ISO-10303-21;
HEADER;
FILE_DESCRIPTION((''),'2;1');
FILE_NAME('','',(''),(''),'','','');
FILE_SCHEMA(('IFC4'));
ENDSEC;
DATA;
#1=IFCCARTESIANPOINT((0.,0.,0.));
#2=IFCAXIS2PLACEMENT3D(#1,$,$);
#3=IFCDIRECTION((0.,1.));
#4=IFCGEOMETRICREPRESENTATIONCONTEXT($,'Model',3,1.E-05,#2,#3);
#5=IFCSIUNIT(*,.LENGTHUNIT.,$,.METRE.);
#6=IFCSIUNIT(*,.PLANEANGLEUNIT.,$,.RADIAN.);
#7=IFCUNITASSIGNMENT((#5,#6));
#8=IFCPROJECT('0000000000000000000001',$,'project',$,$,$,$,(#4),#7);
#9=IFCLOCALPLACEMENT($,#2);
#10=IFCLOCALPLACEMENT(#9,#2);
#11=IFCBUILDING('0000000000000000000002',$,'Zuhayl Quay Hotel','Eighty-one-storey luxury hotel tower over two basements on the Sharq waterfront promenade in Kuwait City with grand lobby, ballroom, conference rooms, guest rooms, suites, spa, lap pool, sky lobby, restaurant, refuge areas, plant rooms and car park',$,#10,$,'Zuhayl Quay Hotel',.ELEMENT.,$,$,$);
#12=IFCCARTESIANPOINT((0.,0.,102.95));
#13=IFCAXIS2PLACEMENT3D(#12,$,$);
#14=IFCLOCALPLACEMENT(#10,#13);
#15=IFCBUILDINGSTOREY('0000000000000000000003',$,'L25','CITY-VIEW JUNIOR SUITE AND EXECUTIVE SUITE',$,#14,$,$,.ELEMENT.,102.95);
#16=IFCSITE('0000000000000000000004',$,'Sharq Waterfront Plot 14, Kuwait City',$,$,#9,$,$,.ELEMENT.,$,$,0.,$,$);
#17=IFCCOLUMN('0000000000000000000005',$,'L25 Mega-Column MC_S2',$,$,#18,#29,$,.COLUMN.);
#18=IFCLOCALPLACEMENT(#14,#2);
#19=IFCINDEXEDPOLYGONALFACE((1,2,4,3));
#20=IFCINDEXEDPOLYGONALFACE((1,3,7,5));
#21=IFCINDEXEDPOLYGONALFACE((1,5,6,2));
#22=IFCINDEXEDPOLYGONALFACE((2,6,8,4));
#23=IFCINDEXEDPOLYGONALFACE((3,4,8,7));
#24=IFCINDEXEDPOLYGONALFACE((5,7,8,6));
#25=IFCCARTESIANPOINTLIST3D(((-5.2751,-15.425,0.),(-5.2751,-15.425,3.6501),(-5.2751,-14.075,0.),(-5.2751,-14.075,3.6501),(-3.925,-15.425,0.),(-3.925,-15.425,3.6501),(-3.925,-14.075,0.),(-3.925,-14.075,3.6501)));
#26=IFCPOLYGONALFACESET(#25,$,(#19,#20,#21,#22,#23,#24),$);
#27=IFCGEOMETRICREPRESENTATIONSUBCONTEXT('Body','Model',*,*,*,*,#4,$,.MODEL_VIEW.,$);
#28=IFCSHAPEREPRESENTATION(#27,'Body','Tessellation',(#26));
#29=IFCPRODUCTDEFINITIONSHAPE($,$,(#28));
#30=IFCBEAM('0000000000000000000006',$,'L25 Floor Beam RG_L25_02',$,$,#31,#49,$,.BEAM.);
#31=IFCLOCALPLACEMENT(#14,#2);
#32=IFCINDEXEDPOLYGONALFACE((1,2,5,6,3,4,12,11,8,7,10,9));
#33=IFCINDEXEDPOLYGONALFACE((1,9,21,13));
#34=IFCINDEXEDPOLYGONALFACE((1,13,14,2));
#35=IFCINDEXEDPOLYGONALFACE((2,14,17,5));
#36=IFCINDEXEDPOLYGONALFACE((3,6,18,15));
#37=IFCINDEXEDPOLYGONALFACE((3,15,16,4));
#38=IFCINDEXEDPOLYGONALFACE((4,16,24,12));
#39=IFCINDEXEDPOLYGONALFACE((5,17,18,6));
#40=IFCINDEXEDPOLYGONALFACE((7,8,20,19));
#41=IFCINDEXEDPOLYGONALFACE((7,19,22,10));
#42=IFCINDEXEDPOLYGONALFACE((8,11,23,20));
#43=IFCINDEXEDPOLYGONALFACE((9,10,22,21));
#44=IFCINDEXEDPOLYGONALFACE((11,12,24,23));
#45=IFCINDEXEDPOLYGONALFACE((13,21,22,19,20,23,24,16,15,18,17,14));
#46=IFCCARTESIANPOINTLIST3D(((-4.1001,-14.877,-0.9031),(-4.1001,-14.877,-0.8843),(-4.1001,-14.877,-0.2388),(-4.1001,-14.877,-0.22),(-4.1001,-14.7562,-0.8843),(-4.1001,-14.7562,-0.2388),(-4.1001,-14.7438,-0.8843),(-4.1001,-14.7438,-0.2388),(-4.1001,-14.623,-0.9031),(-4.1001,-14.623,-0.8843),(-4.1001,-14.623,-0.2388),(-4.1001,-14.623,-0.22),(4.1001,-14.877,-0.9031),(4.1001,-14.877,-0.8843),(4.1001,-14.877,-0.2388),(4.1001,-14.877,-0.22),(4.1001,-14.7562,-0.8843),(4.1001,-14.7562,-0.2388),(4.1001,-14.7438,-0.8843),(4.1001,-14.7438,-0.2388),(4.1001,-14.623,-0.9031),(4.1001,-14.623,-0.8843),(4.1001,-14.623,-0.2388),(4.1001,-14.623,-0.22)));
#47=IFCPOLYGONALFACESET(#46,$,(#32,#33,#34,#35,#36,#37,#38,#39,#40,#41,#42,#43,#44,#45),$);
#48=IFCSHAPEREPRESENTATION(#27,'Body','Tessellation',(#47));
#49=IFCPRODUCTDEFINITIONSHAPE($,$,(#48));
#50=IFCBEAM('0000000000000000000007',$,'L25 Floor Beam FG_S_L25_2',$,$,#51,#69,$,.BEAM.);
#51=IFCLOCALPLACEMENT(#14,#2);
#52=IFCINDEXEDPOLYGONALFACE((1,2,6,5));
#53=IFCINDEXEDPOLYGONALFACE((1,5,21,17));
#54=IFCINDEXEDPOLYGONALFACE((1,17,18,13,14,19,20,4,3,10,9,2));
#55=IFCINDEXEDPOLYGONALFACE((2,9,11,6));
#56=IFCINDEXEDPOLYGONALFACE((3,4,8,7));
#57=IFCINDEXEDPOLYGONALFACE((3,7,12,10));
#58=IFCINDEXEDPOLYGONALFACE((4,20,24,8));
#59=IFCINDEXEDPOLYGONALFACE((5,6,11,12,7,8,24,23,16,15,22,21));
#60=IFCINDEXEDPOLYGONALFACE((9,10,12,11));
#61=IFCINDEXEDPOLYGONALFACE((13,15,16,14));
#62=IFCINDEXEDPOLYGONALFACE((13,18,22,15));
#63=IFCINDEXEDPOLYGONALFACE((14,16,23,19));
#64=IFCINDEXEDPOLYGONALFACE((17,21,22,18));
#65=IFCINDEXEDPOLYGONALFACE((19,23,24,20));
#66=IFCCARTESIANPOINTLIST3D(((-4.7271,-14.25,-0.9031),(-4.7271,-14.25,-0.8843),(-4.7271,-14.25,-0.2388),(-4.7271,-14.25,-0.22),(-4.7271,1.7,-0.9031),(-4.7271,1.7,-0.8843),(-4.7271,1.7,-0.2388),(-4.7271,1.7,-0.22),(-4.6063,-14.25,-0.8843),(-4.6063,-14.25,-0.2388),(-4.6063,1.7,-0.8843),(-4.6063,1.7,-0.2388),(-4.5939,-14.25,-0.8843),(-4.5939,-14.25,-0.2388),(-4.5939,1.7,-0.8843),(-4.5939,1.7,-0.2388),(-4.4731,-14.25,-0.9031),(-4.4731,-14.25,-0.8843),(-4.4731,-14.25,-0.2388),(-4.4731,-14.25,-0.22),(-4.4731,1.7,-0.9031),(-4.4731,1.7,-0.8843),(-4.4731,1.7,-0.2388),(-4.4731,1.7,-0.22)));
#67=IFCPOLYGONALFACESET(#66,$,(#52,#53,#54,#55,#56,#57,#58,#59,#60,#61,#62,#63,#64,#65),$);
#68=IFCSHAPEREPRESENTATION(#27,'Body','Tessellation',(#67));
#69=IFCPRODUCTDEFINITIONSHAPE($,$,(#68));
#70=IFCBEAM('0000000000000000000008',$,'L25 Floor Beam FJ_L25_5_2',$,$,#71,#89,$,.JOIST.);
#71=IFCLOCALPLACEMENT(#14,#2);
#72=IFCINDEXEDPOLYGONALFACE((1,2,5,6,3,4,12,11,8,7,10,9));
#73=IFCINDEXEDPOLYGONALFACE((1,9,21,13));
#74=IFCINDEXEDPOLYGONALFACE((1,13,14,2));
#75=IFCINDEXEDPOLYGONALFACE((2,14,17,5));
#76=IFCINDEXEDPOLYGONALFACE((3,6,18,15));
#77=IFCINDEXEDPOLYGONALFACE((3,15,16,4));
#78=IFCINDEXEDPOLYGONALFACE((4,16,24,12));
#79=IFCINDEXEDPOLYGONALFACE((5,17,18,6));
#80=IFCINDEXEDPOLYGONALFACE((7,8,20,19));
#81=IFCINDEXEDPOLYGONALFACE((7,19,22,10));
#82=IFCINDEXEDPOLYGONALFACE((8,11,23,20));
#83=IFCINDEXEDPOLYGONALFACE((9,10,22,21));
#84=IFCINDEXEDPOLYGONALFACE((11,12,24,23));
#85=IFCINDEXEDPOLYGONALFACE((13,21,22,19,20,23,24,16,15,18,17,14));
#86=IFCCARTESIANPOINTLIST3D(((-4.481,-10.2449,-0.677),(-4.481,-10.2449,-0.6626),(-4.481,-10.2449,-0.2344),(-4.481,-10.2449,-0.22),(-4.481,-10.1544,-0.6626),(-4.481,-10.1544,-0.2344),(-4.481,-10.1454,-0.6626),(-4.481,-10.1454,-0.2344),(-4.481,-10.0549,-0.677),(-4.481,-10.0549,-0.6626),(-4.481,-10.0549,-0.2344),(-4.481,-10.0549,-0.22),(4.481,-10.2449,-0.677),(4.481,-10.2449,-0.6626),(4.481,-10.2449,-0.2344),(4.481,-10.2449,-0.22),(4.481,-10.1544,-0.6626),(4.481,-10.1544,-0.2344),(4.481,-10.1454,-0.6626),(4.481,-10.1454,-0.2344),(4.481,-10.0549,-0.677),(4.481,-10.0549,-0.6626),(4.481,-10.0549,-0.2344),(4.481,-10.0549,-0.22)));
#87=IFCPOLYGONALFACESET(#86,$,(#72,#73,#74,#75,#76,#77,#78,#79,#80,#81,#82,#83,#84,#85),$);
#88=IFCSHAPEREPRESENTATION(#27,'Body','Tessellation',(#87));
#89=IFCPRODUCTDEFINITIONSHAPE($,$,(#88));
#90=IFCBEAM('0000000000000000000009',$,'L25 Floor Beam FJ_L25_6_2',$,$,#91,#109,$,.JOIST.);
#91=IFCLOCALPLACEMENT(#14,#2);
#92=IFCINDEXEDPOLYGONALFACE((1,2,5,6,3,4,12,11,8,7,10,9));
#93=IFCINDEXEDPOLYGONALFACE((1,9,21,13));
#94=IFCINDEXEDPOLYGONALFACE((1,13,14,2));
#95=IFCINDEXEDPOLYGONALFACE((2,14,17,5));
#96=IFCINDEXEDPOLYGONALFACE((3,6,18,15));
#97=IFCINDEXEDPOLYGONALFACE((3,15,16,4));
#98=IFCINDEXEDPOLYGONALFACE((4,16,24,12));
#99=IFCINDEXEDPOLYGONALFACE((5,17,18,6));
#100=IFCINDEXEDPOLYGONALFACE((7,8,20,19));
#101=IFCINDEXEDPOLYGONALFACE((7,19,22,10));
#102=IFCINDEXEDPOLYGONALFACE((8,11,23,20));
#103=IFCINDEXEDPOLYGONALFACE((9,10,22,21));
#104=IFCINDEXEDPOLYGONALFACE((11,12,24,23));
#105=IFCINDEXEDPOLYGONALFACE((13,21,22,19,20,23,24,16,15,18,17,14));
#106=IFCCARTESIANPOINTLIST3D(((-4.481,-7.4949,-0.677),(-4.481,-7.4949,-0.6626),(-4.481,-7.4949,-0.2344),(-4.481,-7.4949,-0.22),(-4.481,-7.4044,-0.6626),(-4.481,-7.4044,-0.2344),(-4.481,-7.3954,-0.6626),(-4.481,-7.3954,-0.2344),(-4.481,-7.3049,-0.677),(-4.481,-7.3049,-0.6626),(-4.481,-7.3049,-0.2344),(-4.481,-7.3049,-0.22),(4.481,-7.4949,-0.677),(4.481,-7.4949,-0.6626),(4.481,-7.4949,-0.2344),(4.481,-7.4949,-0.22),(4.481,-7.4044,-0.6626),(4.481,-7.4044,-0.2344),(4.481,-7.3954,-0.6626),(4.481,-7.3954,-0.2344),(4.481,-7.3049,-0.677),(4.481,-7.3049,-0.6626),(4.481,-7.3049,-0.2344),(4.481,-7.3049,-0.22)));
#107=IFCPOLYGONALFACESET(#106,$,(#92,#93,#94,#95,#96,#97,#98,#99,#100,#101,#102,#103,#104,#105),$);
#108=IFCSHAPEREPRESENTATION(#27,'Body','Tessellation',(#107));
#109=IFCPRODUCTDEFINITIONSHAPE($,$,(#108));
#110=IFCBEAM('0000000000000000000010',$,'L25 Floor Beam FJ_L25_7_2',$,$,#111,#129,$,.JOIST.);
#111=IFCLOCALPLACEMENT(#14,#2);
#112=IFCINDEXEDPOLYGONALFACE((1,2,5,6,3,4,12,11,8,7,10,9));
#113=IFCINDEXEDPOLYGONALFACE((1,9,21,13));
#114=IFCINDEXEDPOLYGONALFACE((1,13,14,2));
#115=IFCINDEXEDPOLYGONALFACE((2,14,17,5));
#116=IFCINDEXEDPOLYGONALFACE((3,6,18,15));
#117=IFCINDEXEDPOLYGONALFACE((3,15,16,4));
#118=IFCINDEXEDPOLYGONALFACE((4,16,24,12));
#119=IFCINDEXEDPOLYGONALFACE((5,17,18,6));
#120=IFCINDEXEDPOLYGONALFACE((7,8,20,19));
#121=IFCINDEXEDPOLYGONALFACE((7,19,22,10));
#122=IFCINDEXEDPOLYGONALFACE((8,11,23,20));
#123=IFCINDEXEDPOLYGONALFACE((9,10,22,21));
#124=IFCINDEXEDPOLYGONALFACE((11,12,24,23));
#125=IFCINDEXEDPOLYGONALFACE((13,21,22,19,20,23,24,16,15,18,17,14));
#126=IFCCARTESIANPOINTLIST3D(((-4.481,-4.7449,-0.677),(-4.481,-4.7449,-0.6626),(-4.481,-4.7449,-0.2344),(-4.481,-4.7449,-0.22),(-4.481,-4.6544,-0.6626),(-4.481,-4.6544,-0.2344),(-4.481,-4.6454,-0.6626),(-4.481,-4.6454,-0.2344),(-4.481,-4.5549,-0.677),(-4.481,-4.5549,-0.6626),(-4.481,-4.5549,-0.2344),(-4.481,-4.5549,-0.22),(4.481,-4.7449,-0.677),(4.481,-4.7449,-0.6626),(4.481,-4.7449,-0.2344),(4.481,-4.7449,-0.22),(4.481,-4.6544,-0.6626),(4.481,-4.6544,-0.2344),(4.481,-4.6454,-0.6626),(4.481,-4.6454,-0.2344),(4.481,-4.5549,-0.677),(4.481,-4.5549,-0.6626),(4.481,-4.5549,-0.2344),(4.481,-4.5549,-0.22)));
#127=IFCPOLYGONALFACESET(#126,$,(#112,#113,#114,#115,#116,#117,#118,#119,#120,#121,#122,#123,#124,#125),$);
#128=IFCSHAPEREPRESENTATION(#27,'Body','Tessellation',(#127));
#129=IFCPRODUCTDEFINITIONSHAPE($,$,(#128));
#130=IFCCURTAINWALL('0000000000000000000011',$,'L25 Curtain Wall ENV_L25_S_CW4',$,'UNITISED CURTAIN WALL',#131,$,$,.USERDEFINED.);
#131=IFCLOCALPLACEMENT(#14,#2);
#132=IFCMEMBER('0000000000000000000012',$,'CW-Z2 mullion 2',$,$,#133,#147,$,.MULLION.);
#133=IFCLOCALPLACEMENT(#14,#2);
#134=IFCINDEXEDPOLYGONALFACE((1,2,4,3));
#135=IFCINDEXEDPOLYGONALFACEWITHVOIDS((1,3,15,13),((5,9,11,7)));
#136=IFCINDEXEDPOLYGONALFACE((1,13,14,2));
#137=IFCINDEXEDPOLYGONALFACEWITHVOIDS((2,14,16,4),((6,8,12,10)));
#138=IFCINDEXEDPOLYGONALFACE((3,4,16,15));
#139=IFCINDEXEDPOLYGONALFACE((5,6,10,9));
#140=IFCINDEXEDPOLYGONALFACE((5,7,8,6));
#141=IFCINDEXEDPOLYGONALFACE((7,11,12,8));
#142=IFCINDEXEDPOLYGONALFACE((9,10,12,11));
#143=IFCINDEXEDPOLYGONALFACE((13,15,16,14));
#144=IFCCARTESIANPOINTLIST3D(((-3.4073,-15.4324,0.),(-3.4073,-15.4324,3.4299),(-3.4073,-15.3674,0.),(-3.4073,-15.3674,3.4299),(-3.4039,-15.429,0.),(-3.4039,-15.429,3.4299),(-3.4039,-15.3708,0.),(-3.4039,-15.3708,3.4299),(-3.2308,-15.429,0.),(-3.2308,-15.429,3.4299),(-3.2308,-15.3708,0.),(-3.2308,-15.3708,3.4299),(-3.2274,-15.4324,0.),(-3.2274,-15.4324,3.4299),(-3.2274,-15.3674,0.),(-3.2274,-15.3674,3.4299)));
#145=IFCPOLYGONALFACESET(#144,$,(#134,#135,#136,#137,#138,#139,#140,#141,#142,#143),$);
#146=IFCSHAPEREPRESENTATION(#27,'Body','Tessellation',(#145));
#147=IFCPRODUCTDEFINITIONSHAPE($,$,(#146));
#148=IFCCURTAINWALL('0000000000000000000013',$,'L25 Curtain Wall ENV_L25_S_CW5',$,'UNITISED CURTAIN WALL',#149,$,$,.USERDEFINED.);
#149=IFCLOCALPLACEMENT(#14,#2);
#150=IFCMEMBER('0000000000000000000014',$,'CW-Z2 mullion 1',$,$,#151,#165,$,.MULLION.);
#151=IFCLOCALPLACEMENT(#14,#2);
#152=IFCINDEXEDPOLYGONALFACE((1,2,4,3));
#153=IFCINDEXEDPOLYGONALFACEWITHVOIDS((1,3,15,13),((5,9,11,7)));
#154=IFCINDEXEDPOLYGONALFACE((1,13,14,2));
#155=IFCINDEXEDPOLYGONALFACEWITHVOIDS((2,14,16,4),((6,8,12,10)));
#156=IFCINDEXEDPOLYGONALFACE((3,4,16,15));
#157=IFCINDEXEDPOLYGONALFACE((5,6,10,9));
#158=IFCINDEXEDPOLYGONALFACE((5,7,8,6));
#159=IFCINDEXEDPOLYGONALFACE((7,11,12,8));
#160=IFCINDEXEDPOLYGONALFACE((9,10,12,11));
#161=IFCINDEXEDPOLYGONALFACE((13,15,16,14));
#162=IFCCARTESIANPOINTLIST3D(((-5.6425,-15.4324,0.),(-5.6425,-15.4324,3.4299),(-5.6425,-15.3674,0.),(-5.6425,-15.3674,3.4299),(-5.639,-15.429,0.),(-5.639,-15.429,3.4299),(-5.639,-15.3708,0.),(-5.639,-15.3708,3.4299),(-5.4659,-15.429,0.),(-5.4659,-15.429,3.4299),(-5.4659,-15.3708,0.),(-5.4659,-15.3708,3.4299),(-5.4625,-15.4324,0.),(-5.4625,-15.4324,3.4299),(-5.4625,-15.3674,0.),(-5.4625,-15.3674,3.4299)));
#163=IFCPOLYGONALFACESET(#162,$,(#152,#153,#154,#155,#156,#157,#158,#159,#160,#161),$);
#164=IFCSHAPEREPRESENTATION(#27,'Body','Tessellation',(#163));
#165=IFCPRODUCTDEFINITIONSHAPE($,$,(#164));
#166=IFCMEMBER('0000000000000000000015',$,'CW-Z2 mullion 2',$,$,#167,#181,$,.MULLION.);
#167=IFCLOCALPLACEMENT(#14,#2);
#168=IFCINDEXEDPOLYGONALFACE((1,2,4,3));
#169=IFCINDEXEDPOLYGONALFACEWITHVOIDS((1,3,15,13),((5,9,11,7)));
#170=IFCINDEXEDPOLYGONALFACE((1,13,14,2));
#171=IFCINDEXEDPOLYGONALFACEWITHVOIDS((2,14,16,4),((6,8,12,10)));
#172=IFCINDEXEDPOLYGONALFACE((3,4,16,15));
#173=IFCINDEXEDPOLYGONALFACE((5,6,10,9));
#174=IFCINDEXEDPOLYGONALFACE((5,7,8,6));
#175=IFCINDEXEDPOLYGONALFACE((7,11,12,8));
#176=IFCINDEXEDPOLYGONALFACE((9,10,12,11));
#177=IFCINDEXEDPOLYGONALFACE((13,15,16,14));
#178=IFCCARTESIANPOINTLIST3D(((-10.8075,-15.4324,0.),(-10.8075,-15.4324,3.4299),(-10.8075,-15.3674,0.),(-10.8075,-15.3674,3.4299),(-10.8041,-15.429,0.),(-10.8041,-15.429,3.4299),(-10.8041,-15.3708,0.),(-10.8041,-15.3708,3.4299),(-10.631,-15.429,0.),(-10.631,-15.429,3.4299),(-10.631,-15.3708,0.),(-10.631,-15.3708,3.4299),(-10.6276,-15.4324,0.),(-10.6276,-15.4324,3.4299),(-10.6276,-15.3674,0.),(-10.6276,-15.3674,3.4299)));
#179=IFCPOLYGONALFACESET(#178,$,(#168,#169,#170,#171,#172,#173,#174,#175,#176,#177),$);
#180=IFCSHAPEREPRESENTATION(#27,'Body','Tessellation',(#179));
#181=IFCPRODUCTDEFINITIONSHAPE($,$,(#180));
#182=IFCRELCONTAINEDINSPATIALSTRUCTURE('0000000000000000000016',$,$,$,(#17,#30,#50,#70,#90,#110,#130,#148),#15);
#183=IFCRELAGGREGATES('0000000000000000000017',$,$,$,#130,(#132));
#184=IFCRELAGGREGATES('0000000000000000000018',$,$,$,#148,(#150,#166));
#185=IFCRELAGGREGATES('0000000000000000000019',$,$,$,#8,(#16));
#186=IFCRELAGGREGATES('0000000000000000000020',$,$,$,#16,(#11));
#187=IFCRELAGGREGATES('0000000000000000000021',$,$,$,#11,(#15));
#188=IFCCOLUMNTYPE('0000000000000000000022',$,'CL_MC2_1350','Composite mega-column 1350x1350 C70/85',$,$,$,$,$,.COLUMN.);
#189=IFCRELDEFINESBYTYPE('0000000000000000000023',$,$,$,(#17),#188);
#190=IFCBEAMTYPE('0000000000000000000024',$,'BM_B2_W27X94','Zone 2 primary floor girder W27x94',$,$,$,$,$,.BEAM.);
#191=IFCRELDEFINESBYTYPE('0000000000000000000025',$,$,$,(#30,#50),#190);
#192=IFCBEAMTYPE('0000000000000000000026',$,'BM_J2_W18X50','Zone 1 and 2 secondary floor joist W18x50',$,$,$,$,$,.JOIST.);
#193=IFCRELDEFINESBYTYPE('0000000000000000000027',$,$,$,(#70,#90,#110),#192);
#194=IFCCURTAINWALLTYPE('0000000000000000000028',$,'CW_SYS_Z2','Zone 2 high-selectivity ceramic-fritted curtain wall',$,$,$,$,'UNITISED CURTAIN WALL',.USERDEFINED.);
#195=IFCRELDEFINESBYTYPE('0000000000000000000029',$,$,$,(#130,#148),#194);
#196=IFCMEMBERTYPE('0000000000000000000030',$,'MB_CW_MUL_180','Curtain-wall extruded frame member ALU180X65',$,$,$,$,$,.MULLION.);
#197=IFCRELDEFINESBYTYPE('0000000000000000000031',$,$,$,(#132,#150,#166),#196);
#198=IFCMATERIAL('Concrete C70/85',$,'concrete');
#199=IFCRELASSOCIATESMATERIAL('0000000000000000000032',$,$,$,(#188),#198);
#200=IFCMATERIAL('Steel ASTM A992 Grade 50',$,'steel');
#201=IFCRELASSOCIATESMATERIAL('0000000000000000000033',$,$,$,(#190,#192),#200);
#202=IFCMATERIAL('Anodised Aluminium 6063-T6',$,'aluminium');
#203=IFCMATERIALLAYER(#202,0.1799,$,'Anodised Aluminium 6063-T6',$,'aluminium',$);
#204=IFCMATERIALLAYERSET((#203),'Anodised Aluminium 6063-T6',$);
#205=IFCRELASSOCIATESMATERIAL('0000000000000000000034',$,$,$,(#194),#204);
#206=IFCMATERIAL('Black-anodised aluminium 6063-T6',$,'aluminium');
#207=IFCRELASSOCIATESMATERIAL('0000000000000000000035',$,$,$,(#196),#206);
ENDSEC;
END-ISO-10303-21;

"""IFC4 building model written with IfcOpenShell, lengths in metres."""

from ifc_helpers import new_model, si_unit, direction, frame, origin, origin_2d, place, context, subcontext, project, spatial, rectangle, hollow_rectangle, i_section, extrude, material, layer, layer_set, material_profile, profile_set, type_object, element, aggregate, save


model = new_model("IFC4")

# Units and contexts
model_context = context("Model", 3, precision=1e-05, world=origin(), true_north=direction((0.0, 1.0)))
body_context = subcontext(model_context, "Body", "Model", "MODEL_VIEW")
ifc_project = project(units=[si_unit("LENGTHUNIT", "METRE"), si_unit("PLANEANGLEUNIT", "RADIAN")], contexts=[model_context])

# Site, building, storey
site_placement = place(None, origin())
site = spatial("IfcSite", under=ifc_project, at=site_placement, Name="Sharq Waterfront Plot 14, Kuwait City", CompositionType="ELEMENT", RefElevation=0.0)
building_placement = place(site_placement, origin())
building = spatial("IfcBuilding", under=site, at=building_placement, Name="Zuhayl Quay Hotel", Description="Eighty-one-storey luxury hotel tower over two basements on the Sharq waterfront promenade in Kuwait City with grand lobby, ballroom, conference rooms, guest rooms, suites, spa, lap pool, sky lobby, restaurant, refuge areas, plant rooms and car park", LongName="Zuhayl Quay Hotel", CompositionType="ELEMENT")
storey_placement = place(building_placement, frame((0.0, 0.0, 102.95)))
storey = spatial("IfcBuildingStorey", under=building, at=storey_placement, Name="L25", Description="CITY-VIEW JUNIOR SUITE AND EXECUTIVE SUITE", CompositionType="ELEMENT", Elevation=102.95)

# Column
ifc_material_1 = material(Name="Concrete C70/85", Category="concrete")
ifc_material_profile_1 = material_profile(ifc_material_1, rectangle(XDim=1.3501, YDim=1.3501, at=origin_2d()), Name="RC1350X1350")
ifc_profile_set_1 = profile_set([ifc_material_profile_1], Name="Concrete C70/85")
column_type = type_object("IfcColumnType", Name="CL_MC2_1350", Description="Composite mega-column 1350x1350 C70/85", PredefinedType="COLUMN", material=ifc_profile_set_1)
column_placement = place(storey_placement, frame((-4.6001, -14.75, 0.0), z_axis=(0.0, 0.0, 1.0), x_axis=(1.0, 0.0, 0.0)))
element("IfcColumn", 1, at=column_placement, inside=storey, type_object=column_type, Name="L25 Mega-Column MC_S2", PredefinedType="COLUMN", context=body_context, shape_type="SweptSolid", body=[
    extrude(rectangle(XDim=1.3501, YDim=1.3501, at=origin_2d()), origin(), (0.0, 0.0, 1.0), 3.6501),
])

# Beams
ifc_material_2 = material(Name="Steel ASTM A992 Grade 50", Category="steel")
ifc_material_profile_2 = material_profile(ifc_material_2, i_section(OverallWidth=0.2539, OverallDepth=0.6831, WebThickness=0.0125, FlangeThickness=0.0188, at=origin_2d()), Name="W27X94")
ifc_profile_set_2 = profile_set([ifc_material_profile_2], Name="Steel ASTM A992 Grade 50")
beam_type_1 = type_object("IfcBeamType", Name="BM_B2_W27X94", Description="Zone 2 primary floor girder W27x94", PredefinedType="BEAM", material=ifc_profile_set_2)
beam_1_placement = place(storey_placement, frame((-4.1001, -14.75, -0.5615), z_axis=(1.0, 0.0, 0.0), x_axis=(0.0, 1.0, 0.0)))
element("IfcBeam", 2, at=beam_1_placement, inside=storey, type_object=beam_type_1, Name="L25 Floor Beam RG_L25_02", PredefinedType="BEAM", context=body_context, shape_type="SweptSolid", body=[
    extrude(i_section(OverallWidth=0.2539, OverallDepth=0.6831, WebThickness=0.0125, FlangeThickness=0.0188, at=origin_2d()), origin(), (0.0, 0.0, 1.0), 8.2002),
])
beam_2_placement = place(storey_placement, frame((-4.6001, -14.25, -0.5615), z_axis=(0.0, 1.0, 0.0), x_axis=(-1.0, 0.0, 0.0)))
element("IfcBeam", 3, at=beam_2_placement, inside=storey, type_object=beam_type_1, Name="L25 Floor Beam FG_S_L25_2", PredefinedType="BEAM", context=body_context, shape_type="SweptSolid", body=[
    extrude(i_section(OverallWidth=0.2539, OverallDepth=0.6831, WebThickness=0.0125, FlangeThickness=0.0188, at=origin_2d()), origin(), (0.0, 0.0, 1.0), 15.95),
])
ifc_material_profile_3 = material_profile(ifc_material_2, i_section(OverallWidth=0.1899, OverallDepth=0.457, WebThickness=0.009, FlangeThickness=0.0144, at=origin_2d()), Name="W18X50")
ifc_profile_set_3 = profile_set([ifc_material_profile_3], Name="Steel ASTM A992 Grade 50")
beam_type_2 = type_object("IfcBeamType", Name="BM_J2_W18X50", Description="Zone 1 and 2 secondary floor joist W18x50", PredefinedType="JOIST", material=ifc_profile_set_3)
for number, where, z_axis, x_axis, name in (
    (4, (-4.481, -10.1499, -0.4485), (1.0, 0.0, 0.0), (0.0, 1.0, 0.0), "L25 Floor Beam FJ_L25_5_2"),
    (5, (-4.481, -7.3999, -0.4485), (1.0, 0.0, 0.0), (0.0, 1.0, 0.0), "L25 Floor Beam FJ_L25_6_2"),
    (6, (-4.481, -4.6499, -0.4485), (1.0, 0.0, 0.0), (0.0, 1.0, 0.0), "L25 Floor Beam FJ_L25_7_2"),
):
    element("IfcBeam", number, at=place(storey_placement, frame(where, z_axis=z_axis, x_axis=x_axis)), inside=storey, type_object=beam_type_2, Name=name, PredefinedType="JOIST", context=body_context, shape_type="SweptSolid", body=[
        extrude(i_section(OverallWidth=0.1899, OverallDepth=0.457, WebThickness=0.009, FlangeThickness=0.0144, at=origin_2d()), origin(), (0.0, 0.0, 1.0), 8.9619),
    ])

# Curtain wall, member
ifc_material_3 = material(Name="Anodised Aluminium 6063-T6", Category="aluminium")
ifc_layer_1 = layer(ifc_material_3, 0.1799, Name="Anodised Aluminium 6063-T6", Category="aluminium")
ifc_layer_set_1 = layer_set([ifc_layer_1], Name="Anodised Aluminium 6063-T6")
curtain_wall_type = type_object("IfcCurtainWallType", Name="CW_SYS_Z2", Description="Zone 2 high-selectivity ceramic-fritted curtain wall", ElementType="UNITISED CURTAIN WALL", PredefinedType="USERDEFINED", material=ifc_layer_set_1)
curtain_wall_1_placement = place(storey_placement, origin())
curtain_wall_1 = element("IfcCurtainWall", 7, at=curtain_wall_1_placement, inside=storey, type_object=curtain_wall_type, Name="L25 Curtain Wall ENV_L25_S_CW4", ObjectType="UNITISED CURTAIN WALL", PredefinedType="USERDEFINED")
ifc_material_4 = material(Name="Black-anodised aluminium 6063-T6", Category="aluminium")
ifc_material_profile_4 = material_profile(ifc_material_4, hollow_rectangle(XDim=0.0649, YDim=0.1799, WallThickness=0.0034, at=origin_2d()), Name="ALU180X65")
ifc_profile_set_4 = profile_set([ifc_material_profile_4], Name="Black-anodised aluminium 6063-T6")
member_type_1 = type_object("IfcMemberType", Name="MB_CW_MUL_180", Description="Curtain-wall extruded frame member ALU180X65", PredefinedType="MULLION", material=ifc_profile_set_4)
member_1_placement = place(storey_placement, frame((-3.3174, -15.3999, 0.0), z_axis=(0.0, 0.0, 1.0), x_axis=(0.0, -1.0, 0.0)))
member_1 = element("IfcMember", 8, at=member_1_placement, type_object=member_type_1, Name="CW-Z2 mullion 2", PredefinedType="MULLION", context=body_context, shape_type="SweptSolid", body=[
    extrude(hollow_rectangle(XDim=0.0649, YDim=0.1799, WallThickness=0.0034, at=origin_2d()), origin(), (0.0, 0.0, 1.0), 3.4299),
])

# Curtain wall, members
curtain_wall_2_placement = place(storey_placement, origin())
curtain_wall_2 = element("IfcCurtainWall", 9, at=curtain_wall_2_placement, inside=storey, type_object=curtain_wall_type, Name="L25 Curtain Wall ENV_L25_S_CW5", ObjectType="UNITISED CURTAIN WALL", PredefinedType="USERDEFINED")
member_2_placement = place(storey_placement, frame((-5.5525, -15.3999, 0.0), z_axis=(0.0, 0.0, 1.0), x_axis=(0.0, -1.0, 0.0)))
member_2 = element("IfcMember", 10, at=member_2_placement, type_object=member_type_1, Name="CW-Z2 mullion 1", PredefinedType="MULLION", context=body_context, shape_type="SweptSolid", body=[
    extrude(hollow_rectangle(XDim=0.0649, YDim=0.1799, WallThickness=0.0034, at=origin_2d()), origin(), (0.0, 0.0, 1.0), 3.4299),
])
member_3_placement = place(storey_placement, frame((-10.7175, -15.3999, 0.0), z_axis=(0.0, 0.0, 1.0), x_axis=(0.0, -1.0, 0.0)))
member_3 = element("IfcMember", 11, at=member_3_placement, type_object=member_type_1, Name="CW-Z2 mullion 2", PredefinedType="MULLION", context=body_context, shape_type="SweptSolid", body=[
    extrude(hollow_rectangle(XDim=0.0649, YDim=0.1799, WallThickness=0.0034, at=origin_2d()), origin(), (0.0, 0.0, 1.0), 3.4299),
])

aggregate(curtain_wall_1, [member_1])
aggregate(curtain_wall_2, [member_2, member_3])

save(model, "model.ifc")
